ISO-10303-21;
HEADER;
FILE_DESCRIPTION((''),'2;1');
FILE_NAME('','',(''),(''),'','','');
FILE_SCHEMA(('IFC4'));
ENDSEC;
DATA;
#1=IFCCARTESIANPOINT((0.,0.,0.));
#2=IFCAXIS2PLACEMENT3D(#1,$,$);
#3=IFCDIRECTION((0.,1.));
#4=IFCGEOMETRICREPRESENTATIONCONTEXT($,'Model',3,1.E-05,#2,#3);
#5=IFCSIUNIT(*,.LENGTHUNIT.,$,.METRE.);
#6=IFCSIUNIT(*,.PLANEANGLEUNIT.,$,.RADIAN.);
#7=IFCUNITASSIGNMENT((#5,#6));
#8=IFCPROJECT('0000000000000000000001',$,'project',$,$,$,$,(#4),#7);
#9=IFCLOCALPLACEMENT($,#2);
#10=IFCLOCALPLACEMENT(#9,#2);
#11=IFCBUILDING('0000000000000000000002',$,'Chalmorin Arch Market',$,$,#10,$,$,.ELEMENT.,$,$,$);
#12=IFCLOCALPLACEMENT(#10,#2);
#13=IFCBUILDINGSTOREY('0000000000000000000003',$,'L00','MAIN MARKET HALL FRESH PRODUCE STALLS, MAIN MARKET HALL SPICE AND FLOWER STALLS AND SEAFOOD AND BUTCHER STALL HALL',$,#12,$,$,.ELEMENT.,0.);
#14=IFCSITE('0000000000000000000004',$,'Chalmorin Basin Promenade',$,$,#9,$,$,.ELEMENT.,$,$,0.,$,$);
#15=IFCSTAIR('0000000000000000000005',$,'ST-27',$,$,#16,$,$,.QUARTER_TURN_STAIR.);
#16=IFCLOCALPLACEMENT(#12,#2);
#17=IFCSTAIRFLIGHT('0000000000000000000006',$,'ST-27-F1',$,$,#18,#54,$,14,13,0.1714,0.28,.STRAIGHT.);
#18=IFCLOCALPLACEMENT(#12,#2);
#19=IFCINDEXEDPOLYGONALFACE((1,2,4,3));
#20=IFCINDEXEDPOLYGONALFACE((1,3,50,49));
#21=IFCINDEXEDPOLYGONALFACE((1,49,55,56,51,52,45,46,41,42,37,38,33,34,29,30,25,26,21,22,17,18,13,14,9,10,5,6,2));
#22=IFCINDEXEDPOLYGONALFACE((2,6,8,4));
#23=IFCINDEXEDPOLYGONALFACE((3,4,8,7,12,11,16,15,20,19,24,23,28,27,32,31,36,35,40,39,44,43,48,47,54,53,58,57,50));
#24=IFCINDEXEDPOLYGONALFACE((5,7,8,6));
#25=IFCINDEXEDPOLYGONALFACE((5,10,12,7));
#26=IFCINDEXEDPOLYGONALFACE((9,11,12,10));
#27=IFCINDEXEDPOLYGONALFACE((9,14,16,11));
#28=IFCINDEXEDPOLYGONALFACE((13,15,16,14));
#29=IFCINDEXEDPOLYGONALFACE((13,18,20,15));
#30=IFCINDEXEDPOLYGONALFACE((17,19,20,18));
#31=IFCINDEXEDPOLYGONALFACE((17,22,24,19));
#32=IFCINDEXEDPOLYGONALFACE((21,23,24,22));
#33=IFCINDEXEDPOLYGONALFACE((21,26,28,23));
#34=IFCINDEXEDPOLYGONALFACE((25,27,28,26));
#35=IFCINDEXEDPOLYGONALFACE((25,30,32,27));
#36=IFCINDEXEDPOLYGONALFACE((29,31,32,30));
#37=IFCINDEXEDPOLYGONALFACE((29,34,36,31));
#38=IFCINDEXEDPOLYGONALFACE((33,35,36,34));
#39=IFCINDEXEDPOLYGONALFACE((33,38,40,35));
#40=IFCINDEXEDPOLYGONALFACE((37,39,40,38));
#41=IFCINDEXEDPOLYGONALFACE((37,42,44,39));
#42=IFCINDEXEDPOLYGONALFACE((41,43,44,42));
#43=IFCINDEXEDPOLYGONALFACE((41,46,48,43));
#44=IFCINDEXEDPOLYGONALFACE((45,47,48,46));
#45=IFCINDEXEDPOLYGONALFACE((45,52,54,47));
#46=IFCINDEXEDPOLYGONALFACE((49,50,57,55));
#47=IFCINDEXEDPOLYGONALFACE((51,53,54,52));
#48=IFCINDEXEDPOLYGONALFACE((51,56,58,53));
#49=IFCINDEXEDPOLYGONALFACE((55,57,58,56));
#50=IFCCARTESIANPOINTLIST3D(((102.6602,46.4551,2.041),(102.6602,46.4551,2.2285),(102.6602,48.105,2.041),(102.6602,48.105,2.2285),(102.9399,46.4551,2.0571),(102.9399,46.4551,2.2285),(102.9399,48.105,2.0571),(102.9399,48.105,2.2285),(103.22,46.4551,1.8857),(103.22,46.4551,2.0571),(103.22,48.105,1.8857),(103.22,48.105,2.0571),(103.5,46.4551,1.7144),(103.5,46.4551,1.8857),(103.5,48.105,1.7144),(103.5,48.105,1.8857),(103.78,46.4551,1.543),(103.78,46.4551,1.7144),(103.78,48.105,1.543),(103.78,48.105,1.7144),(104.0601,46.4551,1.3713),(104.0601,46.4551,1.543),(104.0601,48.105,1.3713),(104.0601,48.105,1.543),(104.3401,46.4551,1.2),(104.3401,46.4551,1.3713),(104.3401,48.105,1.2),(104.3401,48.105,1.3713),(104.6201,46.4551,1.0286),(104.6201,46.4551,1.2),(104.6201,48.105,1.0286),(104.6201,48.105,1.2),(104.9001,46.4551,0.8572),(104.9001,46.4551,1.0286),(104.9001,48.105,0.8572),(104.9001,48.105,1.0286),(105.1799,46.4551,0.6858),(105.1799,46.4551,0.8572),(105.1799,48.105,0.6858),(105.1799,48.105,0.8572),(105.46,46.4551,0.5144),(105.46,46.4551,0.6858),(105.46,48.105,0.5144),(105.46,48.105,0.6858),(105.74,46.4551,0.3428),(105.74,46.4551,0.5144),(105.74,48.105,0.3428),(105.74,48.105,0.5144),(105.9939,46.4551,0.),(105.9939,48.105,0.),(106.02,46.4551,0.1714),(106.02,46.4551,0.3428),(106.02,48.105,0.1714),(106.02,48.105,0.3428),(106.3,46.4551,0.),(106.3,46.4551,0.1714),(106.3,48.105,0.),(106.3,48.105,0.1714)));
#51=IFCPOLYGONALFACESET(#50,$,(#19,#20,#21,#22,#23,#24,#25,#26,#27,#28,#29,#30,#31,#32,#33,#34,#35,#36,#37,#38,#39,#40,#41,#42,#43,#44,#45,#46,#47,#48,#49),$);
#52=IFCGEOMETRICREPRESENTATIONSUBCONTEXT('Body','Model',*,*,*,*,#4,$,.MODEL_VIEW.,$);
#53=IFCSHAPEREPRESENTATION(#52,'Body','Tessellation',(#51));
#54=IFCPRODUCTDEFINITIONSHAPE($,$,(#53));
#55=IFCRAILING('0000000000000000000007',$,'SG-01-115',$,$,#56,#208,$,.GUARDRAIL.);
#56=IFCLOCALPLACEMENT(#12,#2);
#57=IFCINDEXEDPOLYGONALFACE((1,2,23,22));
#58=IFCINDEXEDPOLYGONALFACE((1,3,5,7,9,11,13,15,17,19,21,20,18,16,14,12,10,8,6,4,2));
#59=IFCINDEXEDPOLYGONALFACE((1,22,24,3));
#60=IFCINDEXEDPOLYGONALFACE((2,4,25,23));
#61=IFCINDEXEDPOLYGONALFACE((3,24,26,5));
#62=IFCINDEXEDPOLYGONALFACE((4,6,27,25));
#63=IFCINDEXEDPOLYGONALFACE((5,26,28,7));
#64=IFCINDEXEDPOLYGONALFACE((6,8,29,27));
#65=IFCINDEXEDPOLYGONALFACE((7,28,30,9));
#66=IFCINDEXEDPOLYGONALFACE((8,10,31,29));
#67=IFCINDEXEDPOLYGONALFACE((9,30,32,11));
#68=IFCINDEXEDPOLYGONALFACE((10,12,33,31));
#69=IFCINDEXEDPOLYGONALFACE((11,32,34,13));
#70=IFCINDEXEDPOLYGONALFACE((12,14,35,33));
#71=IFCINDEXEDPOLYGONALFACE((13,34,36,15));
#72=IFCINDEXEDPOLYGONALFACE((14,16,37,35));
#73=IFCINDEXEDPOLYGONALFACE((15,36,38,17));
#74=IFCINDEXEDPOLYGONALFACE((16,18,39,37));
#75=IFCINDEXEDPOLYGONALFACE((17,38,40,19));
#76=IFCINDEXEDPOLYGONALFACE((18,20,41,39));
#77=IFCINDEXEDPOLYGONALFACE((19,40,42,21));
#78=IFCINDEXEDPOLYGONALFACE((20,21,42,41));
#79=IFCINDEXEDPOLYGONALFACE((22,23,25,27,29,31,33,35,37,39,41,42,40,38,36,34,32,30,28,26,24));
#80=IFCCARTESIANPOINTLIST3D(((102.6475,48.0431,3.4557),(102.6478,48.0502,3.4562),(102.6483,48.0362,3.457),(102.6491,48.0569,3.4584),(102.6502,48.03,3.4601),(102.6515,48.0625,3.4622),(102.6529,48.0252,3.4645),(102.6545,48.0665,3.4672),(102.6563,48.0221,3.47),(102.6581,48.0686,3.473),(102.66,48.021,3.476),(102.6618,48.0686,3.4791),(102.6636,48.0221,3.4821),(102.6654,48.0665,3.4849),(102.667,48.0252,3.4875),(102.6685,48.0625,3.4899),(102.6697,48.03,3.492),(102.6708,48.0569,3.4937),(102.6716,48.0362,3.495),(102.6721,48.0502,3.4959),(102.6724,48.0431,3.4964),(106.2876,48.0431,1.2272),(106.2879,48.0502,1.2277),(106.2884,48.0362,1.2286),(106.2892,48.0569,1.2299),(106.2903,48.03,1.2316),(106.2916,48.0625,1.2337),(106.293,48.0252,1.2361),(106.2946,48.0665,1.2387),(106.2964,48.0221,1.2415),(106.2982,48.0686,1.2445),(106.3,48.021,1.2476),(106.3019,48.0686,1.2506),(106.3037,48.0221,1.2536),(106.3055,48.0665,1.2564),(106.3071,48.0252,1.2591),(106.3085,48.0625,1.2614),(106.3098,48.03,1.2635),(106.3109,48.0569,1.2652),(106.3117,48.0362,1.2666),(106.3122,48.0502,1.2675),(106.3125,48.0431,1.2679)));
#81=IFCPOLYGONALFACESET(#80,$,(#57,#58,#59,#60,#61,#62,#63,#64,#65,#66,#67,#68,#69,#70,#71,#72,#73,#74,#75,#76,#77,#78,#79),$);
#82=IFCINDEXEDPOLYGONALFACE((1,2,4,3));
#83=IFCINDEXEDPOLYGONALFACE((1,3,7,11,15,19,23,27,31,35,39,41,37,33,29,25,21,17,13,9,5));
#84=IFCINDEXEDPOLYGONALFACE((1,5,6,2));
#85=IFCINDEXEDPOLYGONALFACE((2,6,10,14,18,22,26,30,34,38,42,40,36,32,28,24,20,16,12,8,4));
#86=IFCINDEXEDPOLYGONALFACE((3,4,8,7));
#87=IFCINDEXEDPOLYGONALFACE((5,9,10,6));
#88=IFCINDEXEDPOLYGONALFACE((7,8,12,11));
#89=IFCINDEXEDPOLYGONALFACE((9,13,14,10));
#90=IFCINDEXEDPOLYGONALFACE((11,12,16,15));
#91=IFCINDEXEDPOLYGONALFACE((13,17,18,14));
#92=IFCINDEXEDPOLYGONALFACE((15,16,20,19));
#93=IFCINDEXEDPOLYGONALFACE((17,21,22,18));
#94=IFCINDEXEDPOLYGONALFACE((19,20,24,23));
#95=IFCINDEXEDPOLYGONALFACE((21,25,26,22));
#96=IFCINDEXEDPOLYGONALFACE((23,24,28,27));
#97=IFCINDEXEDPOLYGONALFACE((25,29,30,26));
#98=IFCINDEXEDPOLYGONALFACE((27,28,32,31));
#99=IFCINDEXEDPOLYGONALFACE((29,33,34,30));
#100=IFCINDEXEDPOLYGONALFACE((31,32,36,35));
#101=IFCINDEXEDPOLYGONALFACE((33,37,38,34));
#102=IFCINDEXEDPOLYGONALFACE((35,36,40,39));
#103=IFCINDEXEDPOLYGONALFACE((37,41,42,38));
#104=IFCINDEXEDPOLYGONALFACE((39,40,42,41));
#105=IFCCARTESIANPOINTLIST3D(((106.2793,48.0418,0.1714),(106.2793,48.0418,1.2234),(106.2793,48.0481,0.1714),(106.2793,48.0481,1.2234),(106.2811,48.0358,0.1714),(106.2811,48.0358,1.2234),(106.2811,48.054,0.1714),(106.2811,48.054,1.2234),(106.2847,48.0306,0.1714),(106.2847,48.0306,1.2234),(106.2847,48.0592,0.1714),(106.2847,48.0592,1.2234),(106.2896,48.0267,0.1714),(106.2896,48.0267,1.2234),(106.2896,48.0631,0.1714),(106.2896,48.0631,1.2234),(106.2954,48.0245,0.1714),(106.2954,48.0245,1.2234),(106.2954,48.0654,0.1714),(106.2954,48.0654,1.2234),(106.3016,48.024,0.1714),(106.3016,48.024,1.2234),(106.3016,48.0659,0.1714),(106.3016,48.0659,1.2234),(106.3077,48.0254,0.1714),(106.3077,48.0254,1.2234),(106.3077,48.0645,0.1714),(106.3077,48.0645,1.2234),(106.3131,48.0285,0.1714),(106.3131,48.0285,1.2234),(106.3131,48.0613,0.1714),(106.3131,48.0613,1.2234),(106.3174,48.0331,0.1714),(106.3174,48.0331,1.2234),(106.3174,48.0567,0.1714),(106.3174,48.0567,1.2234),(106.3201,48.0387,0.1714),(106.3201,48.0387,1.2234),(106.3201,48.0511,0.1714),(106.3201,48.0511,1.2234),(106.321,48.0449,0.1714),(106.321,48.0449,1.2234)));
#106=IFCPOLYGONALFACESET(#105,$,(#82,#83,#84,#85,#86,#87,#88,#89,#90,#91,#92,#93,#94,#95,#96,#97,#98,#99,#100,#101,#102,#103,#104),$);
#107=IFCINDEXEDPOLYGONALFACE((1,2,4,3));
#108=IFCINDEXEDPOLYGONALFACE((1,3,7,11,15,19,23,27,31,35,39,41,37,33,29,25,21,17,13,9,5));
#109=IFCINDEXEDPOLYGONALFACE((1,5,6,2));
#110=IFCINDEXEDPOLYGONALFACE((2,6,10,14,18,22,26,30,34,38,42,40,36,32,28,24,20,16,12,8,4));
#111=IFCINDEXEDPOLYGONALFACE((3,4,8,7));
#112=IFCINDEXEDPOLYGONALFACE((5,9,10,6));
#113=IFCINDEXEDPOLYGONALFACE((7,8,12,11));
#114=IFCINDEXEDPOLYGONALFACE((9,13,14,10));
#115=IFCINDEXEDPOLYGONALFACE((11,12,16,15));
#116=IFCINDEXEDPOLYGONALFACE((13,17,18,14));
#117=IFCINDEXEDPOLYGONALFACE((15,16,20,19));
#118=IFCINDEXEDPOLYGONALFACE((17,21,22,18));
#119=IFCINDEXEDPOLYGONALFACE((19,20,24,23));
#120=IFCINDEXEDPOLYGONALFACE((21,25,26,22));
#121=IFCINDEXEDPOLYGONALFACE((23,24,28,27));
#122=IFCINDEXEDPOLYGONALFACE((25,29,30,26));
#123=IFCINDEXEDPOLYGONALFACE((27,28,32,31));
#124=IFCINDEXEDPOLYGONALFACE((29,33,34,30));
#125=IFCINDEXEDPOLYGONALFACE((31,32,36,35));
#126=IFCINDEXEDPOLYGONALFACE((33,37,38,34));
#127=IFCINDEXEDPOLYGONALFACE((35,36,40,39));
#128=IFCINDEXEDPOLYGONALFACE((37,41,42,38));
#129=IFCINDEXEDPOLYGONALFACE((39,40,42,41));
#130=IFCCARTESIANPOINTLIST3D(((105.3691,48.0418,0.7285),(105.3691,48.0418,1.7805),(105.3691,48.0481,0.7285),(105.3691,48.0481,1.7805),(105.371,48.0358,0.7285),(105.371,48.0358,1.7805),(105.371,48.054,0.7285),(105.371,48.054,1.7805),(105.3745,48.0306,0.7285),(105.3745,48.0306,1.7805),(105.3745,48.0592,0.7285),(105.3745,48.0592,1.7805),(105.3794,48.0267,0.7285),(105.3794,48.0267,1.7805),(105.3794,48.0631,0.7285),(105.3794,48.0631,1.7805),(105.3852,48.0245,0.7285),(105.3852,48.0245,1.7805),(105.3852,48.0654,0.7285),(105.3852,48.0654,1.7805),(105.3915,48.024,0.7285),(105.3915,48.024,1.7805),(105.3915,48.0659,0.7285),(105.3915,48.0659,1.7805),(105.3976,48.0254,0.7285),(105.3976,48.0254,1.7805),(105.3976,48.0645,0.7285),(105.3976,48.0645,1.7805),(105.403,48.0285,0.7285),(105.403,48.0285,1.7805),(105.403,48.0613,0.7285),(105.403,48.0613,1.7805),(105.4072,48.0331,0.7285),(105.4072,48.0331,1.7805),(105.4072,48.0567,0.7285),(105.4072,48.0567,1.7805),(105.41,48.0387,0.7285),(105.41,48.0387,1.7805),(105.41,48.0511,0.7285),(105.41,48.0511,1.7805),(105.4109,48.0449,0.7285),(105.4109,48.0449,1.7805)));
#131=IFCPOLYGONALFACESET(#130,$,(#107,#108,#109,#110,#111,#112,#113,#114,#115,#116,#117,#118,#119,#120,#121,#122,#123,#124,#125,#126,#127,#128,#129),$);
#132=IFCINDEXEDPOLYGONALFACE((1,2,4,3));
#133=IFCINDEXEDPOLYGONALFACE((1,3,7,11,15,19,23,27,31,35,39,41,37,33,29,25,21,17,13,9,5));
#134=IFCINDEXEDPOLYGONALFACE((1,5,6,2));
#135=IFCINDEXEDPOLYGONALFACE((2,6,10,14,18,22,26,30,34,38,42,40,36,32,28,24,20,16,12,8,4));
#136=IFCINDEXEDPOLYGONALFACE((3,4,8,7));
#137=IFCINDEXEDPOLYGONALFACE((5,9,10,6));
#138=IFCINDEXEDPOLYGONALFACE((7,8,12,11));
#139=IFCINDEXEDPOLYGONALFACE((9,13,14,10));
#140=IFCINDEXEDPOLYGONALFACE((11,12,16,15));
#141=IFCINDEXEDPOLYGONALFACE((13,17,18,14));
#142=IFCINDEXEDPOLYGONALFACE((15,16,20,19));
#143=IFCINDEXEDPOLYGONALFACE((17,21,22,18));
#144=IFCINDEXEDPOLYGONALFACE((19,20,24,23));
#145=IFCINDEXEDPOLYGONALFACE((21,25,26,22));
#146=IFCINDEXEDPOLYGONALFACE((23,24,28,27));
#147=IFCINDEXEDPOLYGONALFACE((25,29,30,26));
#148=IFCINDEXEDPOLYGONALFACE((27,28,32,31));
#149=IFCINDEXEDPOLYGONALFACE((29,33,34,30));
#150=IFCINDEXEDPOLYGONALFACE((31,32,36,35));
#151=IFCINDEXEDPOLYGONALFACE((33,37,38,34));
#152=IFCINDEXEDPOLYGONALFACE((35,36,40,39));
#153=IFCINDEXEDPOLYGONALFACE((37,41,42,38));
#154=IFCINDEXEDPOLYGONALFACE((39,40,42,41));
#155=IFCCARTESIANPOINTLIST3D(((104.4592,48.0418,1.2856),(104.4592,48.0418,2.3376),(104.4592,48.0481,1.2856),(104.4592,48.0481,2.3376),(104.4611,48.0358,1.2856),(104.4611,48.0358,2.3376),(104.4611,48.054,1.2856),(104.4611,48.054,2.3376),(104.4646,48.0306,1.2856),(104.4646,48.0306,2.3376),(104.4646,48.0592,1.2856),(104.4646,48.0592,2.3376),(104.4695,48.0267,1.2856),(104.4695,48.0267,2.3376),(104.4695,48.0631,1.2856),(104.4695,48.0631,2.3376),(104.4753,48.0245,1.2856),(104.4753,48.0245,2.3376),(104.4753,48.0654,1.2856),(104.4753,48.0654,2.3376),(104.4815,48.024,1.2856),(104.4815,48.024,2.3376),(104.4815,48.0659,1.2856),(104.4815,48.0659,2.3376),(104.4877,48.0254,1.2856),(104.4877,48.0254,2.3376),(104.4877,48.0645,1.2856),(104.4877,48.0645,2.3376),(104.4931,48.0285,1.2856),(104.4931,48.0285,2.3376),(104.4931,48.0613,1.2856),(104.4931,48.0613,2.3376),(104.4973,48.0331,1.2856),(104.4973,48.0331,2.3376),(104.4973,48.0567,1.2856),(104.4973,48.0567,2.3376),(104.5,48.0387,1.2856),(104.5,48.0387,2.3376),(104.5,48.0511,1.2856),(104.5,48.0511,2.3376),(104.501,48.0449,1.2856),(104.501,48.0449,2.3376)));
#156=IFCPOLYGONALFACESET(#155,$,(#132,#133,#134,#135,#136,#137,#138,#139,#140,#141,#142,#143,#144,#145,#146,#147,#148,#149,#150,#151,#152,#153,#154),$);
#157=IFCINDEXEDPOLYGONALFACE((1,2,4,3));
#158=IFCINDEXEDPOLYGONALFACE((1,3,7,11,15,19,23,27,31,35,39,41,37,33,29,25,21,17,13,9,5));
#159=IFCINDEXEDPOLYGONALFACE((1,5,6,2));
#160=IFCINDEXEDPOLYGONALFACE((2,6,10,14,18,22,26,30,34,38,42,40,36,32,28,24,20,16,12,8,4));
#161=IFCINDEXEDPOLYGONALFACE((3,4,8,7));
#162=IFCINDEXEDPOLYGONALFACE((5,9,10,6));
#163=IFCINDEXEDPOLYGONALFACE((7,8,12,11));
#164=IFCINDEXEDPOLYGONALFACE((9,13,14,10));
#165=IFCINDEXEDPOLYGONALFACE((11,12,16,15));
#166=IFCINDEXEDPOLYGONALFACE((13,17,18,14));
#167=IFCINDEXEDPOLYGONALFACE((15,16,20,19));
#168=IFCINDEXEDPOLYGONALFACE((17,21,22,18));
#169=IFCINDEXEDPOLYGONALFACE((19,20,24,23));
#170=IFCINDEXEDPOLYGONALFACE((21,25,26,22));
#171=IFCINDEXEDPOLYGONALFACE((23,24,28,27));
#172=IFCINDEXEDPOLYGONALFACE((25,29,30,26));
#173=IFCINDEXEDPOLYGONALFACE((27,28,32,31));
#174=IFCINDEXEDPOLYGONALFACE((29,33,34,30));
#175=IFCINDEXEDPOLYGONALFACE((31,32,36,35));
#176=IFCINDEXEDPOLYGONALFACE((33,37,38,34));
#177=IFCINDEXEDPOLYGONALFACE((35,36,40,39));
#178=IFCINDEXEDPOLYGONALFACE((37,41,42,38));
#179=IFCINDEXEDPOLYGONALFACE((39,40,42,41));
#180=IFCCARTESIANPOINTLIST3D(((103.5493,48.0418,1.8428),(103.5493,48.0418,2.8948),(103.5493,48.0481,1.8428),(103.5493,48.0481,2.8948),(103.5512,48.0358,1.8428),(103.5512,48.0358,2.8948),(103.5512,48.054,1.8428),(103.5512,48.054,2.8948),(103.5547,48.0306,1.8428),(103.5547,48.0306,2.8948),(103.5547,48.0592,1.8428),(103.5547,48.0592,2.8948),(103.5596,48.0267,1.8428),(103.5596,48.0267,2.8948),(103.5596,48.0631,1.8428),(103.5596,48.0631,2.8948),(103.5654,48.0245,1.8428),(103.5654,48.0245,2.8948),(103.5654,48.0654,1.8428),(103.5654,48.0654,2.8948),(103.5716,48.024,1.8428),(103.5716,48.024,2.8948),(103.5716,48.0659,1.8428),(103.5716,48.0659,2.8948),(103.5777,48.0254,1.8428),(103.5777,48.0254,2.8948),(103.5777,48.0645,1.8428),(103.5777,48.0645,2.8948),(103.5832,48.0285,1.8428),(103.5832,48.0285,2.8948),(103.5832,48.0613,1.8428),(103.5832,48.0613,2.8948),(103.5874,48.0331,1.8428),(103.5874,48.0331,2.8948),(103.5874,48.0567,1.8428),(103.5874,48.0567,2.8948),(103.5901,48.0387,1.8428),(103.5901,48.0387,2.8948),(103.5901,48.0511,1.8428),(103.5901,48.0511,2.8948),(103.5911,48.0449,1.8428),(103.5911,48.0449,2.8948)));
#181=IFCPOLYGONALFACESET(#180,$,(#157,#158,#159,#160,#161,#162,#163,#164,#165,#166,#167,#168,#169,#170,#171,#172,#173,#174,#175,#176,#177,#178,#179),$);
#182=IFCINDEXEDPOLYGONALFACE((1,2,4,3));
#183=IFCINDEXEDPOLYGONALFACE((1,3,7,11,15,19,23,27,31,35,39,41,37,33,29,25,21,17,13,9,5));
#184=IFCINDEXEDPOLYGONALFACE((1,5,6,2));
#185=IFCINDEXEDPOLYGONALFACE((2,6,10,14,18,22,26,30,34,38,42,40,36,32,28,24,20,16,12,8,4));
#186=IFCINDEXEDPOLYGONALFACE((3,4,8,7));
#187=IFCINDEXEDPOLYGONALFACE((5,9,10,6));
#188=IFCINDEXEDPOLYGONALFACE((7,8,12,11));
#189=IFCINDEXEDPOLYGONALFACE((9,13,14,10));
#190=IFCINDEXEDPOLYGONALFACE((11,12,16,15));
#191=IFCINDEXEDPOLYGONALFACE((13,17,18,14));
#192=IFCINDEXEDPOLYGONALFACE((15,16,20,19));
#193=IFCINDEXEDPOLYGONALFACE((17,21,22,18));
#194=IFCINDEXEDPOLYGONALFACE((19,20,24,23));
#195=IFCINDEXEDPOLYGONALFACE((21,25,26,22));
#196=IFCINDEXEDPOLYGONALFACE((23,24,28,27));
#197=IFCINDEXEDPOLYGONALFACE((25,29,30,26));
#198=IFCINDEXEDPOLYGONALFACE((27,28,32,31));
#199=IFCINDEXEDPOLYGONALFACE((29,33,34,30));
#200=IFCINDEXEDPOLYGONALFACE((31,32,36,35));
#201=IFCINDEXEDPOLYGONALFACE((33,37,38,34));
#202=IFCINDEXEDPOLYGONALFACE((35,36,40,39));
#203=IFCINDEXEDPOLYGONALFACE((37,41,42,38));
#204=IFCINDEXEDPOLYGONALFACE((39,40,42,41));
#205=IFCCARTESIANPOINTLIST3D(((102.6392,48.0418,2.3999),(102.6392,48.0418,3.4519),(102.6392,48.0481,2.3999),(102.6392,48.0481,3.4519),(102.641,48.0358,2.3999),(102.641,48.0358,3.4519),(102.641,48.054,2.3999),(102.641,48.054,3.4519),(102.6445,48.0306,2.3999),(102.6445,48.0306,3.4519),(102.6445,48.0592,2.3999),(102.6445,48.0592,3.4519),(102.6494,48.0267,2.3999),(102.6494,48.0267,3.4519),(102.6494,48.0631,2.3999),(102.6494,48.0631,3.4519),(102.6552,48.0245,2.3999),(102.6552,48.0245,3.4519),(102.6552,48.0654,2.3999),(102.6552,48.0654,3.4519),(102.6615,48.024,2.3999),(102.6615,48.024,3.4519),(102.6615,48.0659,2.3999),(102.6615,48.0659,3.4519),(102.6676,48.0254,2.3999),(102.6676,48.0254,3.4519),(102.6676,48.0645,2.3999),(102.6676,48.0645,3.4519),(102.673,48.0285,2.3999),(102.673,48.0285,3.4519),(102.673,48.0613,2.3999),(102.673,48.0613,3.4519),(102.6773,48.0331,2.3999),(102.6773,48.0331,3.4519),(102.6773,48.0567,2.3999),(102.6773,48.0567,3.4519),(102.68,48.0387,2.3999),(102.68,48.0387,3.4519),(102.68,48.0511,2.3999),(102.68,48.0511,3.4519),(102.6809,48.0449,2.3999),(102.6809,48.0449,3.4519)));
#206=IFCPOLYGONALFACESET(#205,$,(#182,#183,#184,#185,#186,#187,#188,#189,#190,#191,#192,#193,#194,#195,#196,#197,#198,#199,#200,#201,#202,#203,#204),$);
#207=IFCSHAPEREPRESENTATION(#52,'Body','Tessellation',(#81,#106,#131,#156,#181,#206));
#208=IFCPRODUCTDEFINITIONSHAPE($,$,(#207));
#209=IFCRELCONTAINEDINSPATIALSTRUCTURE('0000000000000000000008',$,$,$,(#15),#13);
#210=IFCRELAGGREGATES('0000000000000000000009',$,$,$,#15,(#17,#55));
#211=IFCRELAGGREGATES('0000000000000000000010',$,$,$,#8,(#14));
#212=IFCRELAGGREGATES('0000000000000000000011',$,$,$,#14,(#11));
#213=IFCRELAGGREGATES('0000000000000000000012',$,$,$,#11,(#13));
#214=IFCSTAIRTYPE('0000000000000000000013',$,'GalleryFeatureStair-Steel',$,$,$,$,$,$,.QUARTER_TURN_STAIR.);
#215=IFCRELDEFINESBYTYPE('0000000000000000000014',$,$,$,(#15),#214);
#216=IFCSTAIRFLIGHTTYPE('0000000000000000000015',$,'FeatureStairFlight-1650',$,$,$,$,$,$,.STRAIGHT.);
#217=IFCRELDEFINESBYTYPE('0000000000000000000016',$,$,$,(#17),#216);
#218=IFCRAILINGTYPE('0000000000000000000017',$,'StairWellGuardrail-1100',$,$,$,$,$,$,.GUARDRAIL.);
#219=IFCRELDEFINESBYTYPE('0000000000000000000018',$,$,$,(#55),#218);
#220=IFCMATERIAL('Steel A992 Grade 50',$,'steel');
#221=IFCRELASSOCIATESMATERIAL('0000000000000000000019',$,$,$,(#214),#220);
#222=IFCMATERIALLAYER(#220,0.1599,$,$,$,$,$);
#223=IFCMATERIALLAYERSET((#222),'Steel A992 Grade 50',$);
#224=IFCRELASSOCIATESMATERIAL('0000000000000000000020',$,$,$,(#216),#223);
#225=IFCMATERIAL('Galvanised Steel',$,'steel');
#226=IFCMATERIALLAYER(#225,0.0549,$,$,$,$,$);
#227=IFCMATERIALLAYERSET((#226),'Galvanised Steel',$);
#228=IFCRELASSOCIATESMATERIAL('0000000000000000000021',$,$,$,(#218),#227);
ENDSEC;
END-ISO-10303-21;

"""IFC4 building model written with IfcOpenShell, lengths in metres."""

from ifc_helpers import new_model, si_unit, direction, frame, origin, origin_2d, place, context, subcontext, project, spatial, polyline, circle, outline, extrude, material, layer, layer_set, type_object, element, aggregate, save


model = new_model("IFC4")

# Units and contexts
model_context = context("Model", 3, precision=1e-05, world=origin(), true_north=direction((0.0, 1.0)))
body_context = subcontext(model_context, "Body", "Model", "MODEL_VIEW")
ifc_project = project(units=[si_unit("LENGTHUNIT", "METRE"), si_unit("PLANEANGLEUNIT", "RADIAN")], contexts=[model_context])

# Site, building, storey
site_placement = place(None, origin())
site = spatial("IfcSite", under=ifc_project, at=site_placement, Name="Chalmorin Basin Promenade", CompositionType="ELEMENT", RefElevation=0.0)
building_placement = place(site_placement, origin())
building = spatial("IfcBuilding", under=site, at=building_placement, Name="Chalmorin Arch Market", CompositionType="ELEMENT")
storey_placement = place(building_placement, origin())
storey = spatial("IfcBuildingStorey", under=building, at=storey_placement, Name="L00", Description="MAIN MARKET HALL FRESH PRODUCE STALLS, MAIN MARKET HALL SPICE AND FLOWER STALLS AND SEAFOOD AND BUTCHER STALL HALL", CompositionType="ELEMENT", Elevation=0.0)

# Shared definitions
ifc_material_1 = material(Name="Steel A992 Grade 50", Category="steel")

# Stair, stair flight, railing
stair_type = type_object("IfcStairType", Name="GalleryFeatureStair-Steel", PredefinedType="QUARTER_TURN_STAIR", material=ifc_material_1)
stair_placement = place(storey_placement, origin())
stair = element("IfcStair", 1, at=stair_placement, inside=storey, type_object=stair_type, Name="ST-27", PredefinedType="QUARTER_TURN_STAIR")
ifc_layer_1 = layer(ifc_material_1, 0.1599)
ifc_layer_set_1 = layer_set([ifc_layer_1], Name="Steel A992 Grade 50")
stair_flight_type = type_object("IfcStairFlightType", Name="FeatureStairFlight-1650", PredefinedType="STRAIGHT", material=ifc_layer_set_1)
stair_flight_placement = place(storey_placement, frame((106.3, 47.28, 0.0), z_axis=(0.0, 0.0, 1.0), x_axis=(-1.0, 0.0, 0.0)))
stair_flight = element("IfcStairFlight", 2, at=stair_flight_placement, type_object=stair_flight_type, Name="ST-27-F1", NumberOfRisers=14, NumberOfTreads=13, PredefinedType="STRAIGHT", RiserHeight=0.1714, TreadLength=0.28, context=body_context, shape_type="SweptSolid", body=[
    extrude(outline(polyline([(0.0, 0.0), (0.0, 0.1714), (0.28, 0.1714), (0.28, 0.3428), (0.5601, 0.3428), (0.5601, 0.5144), (0.8401, 0.5144), (0.8401, 0.6858), (1.1201, 0.6858), (1.1201, 0.8572), (1.3999, 0.8572), (1.3999, 1.0286), (1.6799, 1.0286), (1.6799, 1.2), (1.96, 1.2), (1.96, 1.3713), (2.24, 1.3713), (2.24, 1.543), (2.52, 1.543), (2.52, 1.7144), (2.8, 1.7144), (2.8, 1.8857), (3.0801, 1.8857), (3.0801, 2.0571), (3.3601, 2.0571), (3.3601, 2.2285), (3.6399, 2.2285), (3.6399, 2.3999), (3.6399, 2.041), (0.3062, 0.0), (0.0, 0.0)])), frame((0.0, 0.825, 0.0), z_axis=(0.0, -1.0, 0.0), x_axis=(1.0, 0.0, 0.0)), (0.0, 0.0, 1.0), 1.6499),
])
ifc_material_2 = material(Name="Galvanised Steel", Category="steel")
ifc_layer_2 = layer(ifc_material_2, 0.0549)
ifc_layer_set_2 = layer_set([ifc_layer_2], Name="Galvanised Steel")
railing_type = type_object("IfcRailingType", Name="StairWellGuardrail-1100", PredefinedType="GUARDRAIL", material=ifc_layer_set_2)
railing_1_placement = place(storey_placement, frame((106.3, 48.0449, 0.1714)))
railing_1 = element("IfcRailing", 3, at=railing_1_placement, type_object=railing_type, Name="SG-01-115", PredefinedType="GUARDRAIL", context=body_context, shape_type="SweptSolid", body=[
    extrude(circle(Radius=0.0239, at=origin_2d()), frame((0.0, 0.0, 1.0762), z_axis=(-0.852866, 0.0, 0.52213), x_axis=(0.0, -1.0, 0.0)), (0.0, 0.0, 1.0), 4.2681),
    extrude(circle(Radius=0.021, at=origin_2d()), origin(), (0.0, 0.0, 1.0), 1.052),
    extrude(circle(Radius=0.021, at=origin_2d()), frame((-0.9102, 0.0, 0.5571)), (0.0, 0.0, 1.0), 1.052),
    extrude(circle(Radius=0.021, at=origin_2d()), frame((-1.8201, 0.0, 1.1143)), (0.0, 0.0, 1.0), 1.052),
    extrude(circle(Radius=0.021, at=origin_2d()), frame((-2.73, 0.0, 1.6714)), (0.0, 0.0, 1.0), 1.052),
    extrude(circle(Radius=0.021, at=origin_2d()), frame((-3.6401, 0.0, 2.2285)), (0.0, 0.0, 1.0), 1.052),
])
aggregate(stair, [stair_flight, railing_1])

save(model, "model.ifc")
